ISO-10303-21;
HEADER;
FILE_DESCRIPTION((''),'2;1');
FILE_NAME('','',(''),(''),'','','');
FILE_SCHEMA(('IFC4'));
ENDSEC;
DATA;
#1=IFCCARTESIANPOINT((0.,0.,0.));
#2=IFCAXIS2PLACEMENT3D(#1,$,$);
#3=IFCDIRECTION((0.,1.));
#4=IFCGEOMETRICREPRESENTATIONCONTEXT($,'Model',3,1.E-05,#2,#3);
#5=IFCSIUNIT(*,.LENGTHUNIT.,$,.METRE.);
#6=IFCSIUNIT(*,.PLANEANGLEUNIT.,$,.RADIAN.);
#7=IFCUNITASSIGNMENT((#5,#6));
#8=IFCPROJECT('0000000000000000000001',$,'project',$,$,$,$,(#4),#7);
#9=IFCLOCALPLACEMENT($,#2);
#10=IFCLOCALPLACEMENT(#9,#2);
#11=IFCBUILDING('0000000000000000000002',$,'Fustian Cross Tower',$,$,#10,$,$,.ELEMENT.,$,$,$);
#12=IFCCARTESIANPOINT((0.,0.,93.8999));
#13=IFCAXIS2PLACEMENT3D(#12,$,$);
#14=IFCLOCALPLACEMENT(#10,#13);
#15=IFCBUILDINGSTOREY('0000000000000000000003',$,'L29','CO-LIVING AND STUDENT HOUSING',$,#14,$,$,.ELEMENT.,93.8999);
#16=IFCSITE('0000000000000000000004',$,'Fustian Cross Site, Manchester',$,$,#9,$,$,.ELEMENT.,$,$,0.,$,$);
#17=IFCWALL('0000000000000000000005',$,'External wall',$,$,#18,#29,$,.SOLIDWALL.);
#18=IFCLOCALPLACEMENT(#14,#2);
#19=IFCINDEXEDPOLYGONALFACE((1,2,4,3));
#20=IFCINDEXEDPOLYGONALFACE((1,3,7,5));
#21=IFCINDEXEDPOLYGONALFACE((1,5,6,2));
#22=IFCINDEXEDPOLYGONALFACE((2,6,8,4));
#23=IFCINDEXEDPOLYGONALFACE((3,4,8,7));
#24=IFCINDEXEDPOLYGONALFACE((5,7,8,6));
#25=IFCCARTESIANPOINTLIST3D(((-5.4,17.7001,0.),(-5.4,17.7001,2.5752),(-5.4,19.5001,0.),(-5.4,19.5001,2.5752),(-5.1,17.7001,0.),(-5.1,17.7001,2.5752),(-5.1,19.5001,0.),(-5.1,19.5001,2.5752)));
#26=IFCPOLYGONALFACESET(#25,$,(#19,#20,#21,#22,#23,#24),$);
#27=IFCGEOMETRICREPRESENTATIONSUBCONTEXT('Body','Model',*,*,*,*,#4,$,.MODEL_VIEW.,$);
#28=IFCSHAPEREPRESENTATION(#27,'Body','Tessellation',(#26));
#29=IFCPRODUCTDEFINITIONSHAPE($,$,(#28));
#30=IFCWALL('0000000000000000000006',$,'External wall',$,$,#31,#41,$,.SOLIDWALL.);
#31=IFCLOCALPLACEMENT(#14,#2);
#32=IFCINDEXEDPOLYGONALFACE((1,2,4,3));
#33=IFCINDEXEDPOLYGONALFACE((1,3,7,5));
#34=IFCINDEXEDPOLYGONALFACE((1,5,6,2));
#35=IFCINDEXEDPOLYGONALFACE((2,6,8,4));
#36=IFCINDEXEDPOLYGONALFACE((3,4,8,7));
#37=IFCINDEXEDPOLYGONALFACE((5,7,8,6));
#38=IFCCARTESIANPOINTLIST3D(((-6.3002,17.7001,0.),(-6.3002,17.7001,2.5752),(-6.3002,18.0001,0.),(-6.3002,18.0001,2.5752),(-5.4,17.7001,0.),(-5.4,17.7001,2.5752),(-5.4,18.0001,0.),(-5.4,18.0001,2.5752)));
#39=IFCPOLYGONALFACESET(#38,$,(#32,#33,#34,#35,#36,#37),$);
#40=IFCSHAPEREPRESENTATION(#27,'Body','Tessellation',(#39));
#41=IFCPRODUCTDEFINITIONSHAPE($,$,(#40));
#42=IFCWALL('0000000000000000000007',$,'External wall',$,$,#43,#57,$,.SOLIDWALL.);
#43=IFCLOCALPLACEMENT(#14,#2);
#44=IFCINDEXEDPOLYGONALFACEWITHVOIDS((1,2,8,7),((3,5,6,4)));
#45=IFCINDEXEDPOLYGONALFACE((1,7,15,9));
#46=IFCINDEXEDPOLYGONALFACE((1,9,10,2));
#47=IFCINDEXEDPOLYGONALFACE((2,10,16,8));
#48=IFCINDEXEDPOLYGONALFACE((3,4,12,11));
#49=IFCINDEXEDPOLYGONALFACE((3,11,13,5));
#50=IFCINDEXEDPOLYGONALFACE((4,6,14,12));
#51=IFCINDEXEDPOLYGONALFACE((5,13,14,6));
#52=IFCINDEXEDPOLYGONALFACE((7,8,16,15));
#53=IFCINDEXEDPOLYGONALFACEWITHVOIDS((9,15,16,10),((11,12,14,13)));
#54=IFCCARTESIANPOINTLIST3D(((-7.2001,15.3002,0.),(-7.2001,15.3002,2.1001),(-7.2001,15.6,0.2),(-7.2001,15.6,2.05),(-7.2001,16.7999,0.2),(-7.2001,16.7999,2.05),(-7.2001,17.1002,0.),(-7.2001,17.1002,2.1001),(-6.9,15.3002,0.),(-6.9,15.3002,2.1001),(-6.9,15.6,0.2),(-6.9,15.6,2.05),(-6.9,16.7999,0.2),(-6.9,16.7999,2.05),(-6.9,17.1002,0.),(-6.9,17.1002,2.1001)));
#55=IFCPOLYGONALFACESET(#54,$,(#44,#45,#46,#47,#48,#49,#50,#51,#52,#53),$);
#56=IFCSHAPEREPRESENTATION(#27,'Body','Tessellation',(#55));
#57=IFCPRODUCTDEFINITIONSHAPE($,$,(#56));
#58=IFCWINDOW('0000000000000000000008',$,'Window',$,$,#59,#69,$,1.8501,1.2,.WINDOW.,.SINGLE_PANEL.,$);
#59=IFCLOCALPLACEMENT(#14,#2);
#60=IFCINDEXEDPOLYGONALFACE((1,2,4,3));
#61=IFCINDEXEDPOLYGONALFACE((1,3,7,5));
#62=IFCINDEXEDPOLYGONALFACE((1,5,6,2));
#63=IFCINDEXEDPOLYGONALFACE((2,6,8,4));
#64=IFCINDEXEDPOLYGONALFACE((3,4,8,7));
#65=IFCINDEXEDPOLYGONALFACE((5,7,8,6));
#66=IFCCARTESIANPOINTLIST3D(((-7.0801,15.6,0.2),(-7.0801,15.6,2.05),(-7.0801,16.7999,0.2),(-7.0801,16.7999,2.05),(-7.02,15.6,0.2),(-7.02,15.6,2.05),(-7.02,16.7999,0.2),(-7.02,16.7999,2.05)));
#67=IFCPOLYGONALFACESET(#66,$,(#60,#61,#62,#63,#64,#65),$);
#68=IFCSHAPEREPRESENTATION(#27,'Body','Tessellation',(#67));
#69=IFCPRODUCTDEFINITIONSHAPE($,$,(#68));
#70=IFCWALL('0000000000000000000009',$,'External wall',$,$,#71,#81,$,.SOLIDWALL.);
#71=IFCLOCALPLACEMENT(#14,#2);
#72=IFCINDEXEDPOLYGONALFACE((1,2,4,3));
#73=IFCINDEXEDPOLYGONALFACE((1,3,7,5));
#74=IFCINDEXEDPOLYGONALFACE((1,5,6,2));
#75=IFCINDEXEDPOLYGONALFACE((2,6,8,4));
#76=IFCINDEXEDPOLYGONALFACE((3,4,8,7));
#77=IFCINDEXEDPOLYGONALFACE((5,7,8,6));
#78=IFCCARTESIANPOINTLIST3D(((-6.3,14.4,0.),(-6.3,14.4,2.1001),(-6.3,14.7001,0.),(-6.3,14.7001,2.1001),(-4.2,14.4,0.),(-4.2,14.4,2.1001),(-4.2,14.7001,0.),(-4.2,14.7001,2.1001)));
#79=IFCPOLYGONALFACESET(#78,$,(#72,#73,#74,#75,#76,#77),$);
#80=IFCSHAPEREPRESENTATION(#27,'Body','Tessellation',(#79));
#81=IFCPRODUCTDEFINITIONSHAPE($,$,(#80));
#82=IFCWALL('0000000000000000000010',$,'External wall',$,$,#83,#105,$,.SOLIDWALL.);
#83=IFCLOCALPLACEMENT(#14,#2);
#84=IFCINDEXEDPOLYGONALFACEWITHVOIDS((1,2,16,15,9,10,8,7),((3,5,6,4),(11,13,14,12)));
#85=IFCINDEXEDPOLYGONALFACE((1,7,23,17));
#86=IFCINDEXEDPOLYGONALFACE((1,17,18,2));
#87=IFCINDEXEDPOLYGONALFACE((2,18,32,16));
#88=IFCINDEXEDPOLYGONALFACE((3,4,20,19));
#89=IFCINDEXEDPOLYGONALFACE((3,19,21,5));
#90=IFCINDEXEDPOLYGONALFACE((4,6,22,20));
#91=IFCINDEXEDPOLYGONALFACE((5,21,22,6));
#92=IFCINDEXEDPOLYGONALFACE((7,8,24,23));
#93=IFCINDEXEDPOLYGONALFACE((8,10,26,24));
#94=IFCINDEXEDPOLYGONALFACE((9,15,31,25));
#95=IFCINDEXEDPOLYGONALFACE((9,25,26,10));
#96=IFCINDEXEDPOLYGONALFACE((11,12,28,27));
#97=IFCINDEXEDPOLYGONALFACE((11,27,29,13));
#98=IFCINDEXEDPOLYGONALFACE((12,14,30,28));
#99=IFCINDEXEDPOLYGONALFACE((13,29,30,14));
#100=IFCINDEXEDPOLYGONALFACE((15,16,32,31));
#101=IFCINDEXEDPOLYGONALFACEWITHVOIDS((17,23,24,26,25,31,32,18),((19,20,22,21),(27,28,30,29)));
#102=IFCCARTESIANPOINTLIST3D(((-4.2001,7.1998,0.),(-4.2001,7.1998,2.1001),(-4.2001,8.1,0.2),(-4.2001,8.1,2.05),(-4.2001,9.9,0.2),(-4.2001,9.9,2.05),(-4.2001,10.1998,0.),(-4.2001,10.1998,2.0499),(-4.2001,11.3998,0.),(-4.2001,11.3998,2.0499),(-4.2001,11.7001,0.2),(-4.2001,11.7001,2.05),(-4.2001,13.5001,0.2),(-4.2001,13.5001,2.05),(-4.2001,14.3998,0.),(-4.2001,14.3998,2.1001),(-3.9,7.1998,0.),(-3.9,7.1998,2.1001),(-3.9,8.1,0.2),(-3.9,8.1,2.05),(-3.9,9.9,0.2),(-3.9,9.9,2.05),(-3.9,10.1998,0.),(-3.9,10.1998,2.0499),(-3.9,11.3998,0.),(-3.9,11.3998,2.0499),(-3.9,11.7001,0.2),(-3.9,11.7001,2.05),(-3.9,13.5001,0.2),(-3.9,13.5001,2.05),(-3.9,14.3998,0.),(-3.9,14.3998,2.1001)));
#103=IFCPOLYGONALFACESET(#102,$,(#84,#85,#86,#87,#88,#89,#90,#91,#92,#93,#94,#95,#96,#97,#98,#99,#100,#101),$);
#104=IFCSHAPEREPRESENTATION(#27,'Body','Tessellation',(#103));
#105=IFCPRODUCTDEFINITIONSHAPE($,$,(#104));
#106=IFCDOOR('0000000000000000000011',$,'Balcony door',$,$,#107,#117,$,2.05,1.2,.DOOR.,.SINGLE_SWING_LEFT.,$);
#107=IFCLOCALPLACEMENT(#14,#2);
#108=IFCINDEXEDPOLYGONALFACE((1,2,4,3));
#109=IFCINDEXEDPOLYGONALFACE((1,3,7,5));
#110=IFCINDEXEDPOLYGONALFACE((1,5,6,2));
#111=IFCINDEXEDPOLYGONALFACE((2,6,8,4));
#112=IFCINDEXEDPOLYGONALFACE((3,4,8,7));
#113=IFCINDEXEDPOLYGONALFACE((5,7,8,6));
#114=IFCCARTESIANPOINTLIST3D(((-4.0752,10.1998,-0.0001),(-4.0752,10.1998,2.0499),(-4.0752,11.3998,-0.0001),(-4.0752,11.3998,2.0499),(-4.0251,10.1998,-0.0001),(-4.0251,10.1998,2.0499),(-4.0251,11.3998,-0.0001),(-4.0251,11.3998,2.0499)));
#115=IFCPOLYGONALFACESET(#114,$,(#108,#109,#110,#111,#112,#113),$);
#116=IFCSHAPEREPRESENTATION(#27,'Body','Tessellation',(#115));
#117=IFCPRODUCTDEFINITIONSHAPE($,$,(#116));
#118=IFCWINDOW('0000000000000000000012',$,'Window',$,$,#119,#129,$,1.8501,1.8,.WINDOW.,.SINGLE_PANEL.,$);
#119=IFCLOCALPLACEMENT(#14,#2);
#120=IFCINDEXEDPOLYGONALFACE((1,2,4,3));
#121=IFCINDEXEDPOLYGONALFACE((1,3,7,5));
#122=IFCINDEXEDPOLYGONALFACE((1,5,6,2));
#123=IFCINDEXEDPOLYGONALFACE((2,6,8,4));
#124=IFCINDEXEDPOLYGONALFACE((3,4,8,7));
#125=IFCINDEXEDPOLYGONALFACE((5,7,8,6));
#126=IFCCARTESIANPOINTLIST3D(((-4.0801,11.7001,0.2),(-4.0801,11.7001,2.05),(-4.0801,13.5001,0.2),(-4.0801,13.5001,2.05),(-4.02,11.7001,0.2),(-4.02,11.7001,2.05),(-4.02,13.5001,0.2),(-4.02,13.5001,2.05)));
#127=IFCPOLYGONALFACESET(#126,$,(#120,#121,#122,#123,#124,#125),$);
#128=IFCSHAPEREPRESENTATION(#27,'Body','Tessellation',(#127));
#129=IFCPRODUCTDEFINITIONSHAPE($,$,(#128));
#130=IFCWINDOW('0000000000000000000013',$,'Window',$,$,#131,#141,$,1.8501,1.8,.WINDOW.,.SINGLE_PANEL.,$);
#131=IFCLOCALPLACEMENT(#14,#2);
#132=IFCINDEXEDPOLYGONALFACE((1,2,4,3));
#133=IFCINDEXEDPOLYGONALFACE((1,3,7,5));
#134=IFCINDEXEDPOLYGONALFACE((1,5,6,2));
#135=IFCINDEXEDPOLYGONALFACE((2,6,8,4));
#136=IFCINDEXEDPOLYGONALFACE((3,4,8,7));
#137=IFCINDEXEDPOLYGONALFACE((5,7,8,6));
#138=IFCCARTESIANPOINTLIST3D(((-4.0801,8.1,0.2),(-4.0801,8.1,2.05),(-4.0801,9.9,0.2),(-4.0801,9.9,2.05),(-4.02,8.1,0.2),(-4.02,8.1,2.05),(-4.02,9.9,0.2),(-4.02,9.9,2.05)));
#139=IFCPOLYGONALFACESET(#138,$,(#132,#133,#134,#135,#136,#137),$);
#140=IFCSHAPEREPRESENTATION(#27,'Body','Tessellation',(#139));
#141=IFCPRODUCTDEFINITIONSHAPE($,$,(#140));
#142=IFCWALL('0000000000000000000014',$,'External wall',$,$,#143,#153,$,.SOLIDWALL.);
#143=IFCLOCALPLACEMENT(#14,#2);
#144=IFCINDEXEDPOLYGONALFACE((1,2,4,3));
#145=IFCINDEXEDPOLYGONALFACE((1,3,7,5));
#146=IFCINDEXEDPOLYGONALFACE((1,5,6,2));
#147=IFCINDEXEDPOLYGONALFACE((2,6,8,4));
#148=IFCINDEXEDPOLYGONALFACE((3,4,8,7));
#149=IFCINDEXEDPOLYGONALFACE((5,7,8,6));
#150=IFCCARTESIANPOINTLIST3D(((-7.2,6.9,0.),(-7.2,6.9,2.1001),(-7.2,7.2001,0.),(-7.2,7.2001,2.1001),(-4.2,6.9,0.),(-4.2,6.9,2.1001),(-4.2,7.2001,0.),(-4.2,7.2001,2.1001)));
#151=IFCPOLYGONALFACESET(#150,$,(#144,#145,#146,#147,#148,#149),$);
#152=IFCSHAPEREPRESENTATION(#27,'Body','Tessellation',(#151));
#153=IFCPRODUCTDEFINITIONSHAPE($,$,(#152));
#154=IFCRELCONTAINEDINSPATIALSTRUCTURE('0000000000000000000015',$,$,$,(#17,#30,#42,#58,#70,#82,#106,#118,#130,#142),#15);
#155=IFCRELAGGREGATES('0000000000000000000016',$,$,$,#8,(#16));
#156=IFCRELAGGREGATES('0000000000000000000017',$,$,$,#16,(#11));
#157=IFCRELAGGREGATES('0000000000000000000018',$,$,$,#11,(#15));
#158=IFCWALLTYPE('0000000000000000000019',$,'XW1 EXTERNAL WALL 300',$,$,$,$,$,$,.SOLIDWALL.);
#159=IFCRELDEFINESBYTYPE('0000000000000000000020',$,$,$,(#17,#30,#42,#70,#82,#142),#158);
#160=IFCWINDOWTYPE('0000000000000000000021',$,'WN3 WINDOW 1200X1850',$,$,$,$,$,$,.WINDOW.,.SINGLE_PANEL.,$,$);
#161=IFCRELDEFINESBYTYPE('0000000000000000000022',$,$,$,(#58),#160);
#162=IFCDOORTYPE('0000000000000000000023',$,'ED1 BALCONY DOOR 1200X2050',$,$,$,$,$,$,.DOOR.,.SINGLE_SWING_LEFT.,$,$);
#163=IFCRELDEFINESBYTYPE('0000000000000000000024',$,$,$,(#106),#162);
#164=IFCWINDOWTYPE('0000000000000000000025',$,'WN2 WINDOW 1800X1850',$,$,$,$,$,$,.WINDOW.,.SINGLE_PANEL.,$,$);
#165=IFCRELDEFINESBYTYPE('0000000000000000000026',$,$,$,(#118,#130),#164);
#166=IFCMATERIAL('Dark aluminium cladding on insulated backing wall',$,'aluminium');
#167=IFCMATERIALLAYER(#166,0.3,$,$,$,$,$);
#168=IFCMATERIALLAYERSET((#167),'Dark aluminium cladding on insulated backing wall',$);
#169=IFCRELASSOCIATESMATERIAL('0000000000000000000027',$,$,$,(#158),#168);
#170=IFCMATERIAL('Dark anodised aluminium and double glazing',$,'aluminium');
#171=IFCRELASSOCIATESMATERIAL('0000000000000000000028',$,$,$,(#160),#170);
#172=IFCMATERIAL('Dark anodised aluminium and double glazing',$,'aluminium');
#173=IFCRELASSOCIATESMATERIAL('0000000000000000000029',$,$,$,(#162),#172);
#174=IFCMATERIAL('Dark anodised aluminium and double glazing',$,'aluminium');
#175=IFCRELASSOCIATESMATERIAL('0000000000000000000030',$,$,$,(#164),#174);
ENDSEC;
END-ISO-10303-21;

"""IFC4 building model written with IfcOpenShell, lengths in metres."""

from ifc_helpers import new_model, si_unit, direction, frame, frame_2d, origin, place, context, subcontext, project, spatial, rectangle, extrude, material, layer, layer_set, type_object, element, fill, save


model = new_model("IFC4")

# Units and contexts
model_context = context("Model", 3, precision=1e-05, world=origin(), true_north=direction((0.0, 1.0)))
body_context = subcontext(model_context, "Body", "Model", "MODEL_VIEW")
ifc_project = project(units=[si_unit("LENGTHUNIT", "METRE"), si_unit("PLANEANGLEUNIT", "RADIAN")], contexts=[model_context])

# Site, building, storey
site_placement = place(None, origin())
site = spatial("IfcSite", under=ifc_project, at=site_placement, Name="Fustian Cross Site, Manchester", CompositionType="ELEMENT", RefElevation=0.0)
building_placement = place(site_placement, origin())
building = spatial("IfcBuilding", under=site, at=building_placement, Name="Fustian Cross Tower", CompositionType="ELEMENT")
storey_placement = place(building_placement, frame((0.0, 0.0, 93.8999)))
storey = spatial("IfcBuildingStorey", under=building, at=storey_placement, Name="L29", Description="CO-LIVING AND STUDENT HOUSING", CompositionType="ELEMENT", Elevation=93.8999)

# Shared definitions
ifc_material_1 = material(Name="Dark aluminium cladding on insulated backing wall", Category="aluminium")
ifc_layer_1 = layer(ifc_material_1, 0.3)
ifc_layer_set_1 = layer_set([ifc_layer_1], Name="Dark aluminium cladding on insulated backing wall")
wall_type_1 = type_object("IfcWallType", Name="XW1 EXTERNAL WALL 300", PredefinedType="SOLIDWALL", material=ifc_layer_set_1)

# Shared definitions
ifc_material_2 = material(Name="Dark anodised aluminium and double glazing", Category="aluminium")
window_type_1 = type_object("IfcWindowType", Name="WN3 WINDOW 1200X1850", PartitioningType="SINGLE_PANEL", PredefinedType="WINDOW", material=ifc_material_2)

# Walls
wall_1_placement = place(storey_placement, frame((-5.25, 19.5, 0.0), z_axis=(0.0, 0.0, 1.0), x_axis=(0.0, -1.0, 0.0)))
element("IfcWall", 1, at=wall_1_placement, inside=storey, type_object=wall_type_1, Name="External wall", PredefinedType="SOLIDWALL", context=body_context, shape_type="SweptSolid", body=[
    extrude(rectangle(XDim=1.8, YDim=0.3, at=frame_2d((0.8999, 0.0))), origin(), (0.0, 0.0, 1.0), 2.5752),
])
wall_2_placement = place(storey_placement, frame((-5.3999, 17.8501, 0.0), z_axis=(0.0, 0.0, 1.0), x_axis=(-1.0, 0.0, 0.0)))
element("IfcWall", 2, at=wall_2_placement, inside=storey, type_object=wall_type_1, Name="External wall", PredefinedType="SOLIDWALL", context=body_context, shape_type="SweptSolid", body=[
    extrude(rectangle(XDim=0.9001, YDim=0.3, at=frame_2d((0.4502, 0.0))), origin(), (0.0, 0.0, 1.0), 2.5752),
])

# Wall, opening, window
wall_3_placement = place(storey_placement, frame((-7.05, 17.1001, 0.0), z_axis=(0.0, 0.0, 1.0), x_axis=(0.0, -1.0, 0.0)))
wall_3 = element("IfcWall", 3, at=wall_3_placement, inside=storey, type_object=wall_type_1, Name="External wall", PredefinedType="SOLIDWALL", context=body_context, shape_type="SweptSolid", body=[
    extrude(rectangle(XDim=1.8, YDim=0.3, at=frame_2d((0.8999, 0.0))), origin(), (0.0, 0.0, 1.0), 2.1001),
])
opening_1_placement = place(wall_3_placement, frame((0.3, 0.0, 0.2)))
opening_1 = element("IfcOpeningElement", 4, at=opening_1_placement, cuts=wall_3, PredefinedType="OPENING", context=body_context, shape_type="SweptSolid", body=[
    extrude(rectangle(XDim=1.2, YDim=1.8501, at=frame_2d((0.6001, 0.925))), frame((0.0, 0.1599, 0.0), z_axis=(0.0, -1.0, 0.0), x_axis=(1.0, 0.0, 0.0)), (0.0, 0.0, 1.0), 0.3201),
])
window_1_placement = place(opening_1_placement, origin())
window_1 = element("IfcWindow", 5, at=window_1_placement, inside=storey, type_object=window_type_1, Name="Window", OverallHeight=1.8501, OverallWidth=1.2, PartitioningType="SINGLE_PANEL", PredefinedType="WINDOW", context=body_context, shape_type="SweptSolid", body=[
    extrude(rectangle(XDim=1.2, YDim=1.8501, at=frame_2d((0.6001, 0.925))), frame((0.0, 0.03, 0.0), z_axis=(0.0, -1.0, 0.0), x_axis=(1.0, 0.0, 0.0)), (0.0, 0.0, 1.0), 0.0601),
])
fill(opening_1, window_1)

# Wall
wall_4_placement = place(storey_placement, frame((-6.3, 14.55, 0.0), z_axis=(0.0, 0.0, 1.0), x_axis=(1.0, 0.0, 0.0)))
element("IfcWall", 6, at=wall_4_placement, inside=storey, type_object=wall_type_1, Name="External wall", PredefinedType="SOLIDWALL", context=body_context, shape_type="SweptSolid", body=[
    extrude(rectangle(XDim=2.1001, YDim=0.3, at=frame_2d((1.05, 0.0))), origin(), (0.0, 0.0, 1.0), 2.1001),
])

# Wall, openings, door, windows
wall_5_placement = place(storey_placement, frame((-4.05, 14.3999, 0.0), z_axis=(0.0, 0.0, 1.0), x_axis=(0.0, -1.0, 0.0)))
wall_5 = element("IfcWall", 7, at=wall_5_placement, inside=storey, type_object=wall_type_1, Name="External wall", PredefinedType="SOLIDWALL", context=body_context, shape_type="SweptSolid", body=[
    extrude(rectangle(XDim=7.2, YDim=0.3, at=frame_2d((3.6001, 0.0))), origin(), (0.0, 0.0, 1.0), 2.1001),
])
opening_2_placement = place(wall_5_placement, frame((3.0, 0.0, 0.0)))
opening_2 = element("IfcOpeningElement", 8, at=opening_2_placement, cuts=wall_5, PredefinedType="OPENING", context=body_context, shape_type="SweptSolid", body=[
    extrude(rectangle(XDim=1.2, YDim=2.05, at=frame_2d((0.6001, 1.0249))), frame((0.0, 0.1599, 0.0), z_axis=(0.0, -1.0, 0.0), x_axis=(1.0, 0.0, 0.0)), (0.0, 0.0, 1.0), 0.3201),
])
opening_3_placement = place(wall_5_placement, frame((0.8999, 0.0, 0.2)))
opening_3 = element("IfcOpeningElement", 9, at=opening_3_placement, cuts=wall_5, PredefinedType="OPENING", context=body_context, shape_type="SweptSolid", body=[
    extrude(rectangle(XDim=1.8, YDim=1.8501, at=frame_2d((0.8999, 0.925))), frame((0.0, 0.1599, 0.0), z_axis=(0.0, -1.0, 0.0), x_axis=(1.0, 0.0, 0.0)), (0.0, 0.0, 1.0), 0.3201),
])
opening_4_placement = place(wall_5_placement, frame((4.5, 0.0, 0.2)))
opening_4 = element("IfcOpeningElement", 10, at=opening_4_placement, cuts=wall_5, PredefinedType="OPENING", context=body_context, shape_type="SweptSolid", body=[
    extrude(rectangle(XDim=1.8, YDim=1.8501, at=frame_2d((0.8999, 0.925))), frame((0.0, 0.1599, 0.0), z_axis=(0.0, -1.0, 0.0), x_axis=(1.0, 0.0, 0.0)), (0.0, 0.0, 1.0), 0.3201),
])
ifc_material_3 = material(Name="Dark anodised aluminium and double glazing", Category="aluminium")
door_type = type_object("IfcDoorType", Name="ED1 BALCONY DOOR 1200X2050", OperationType="SINGLE_SWING_LEFT", PredefinedType="DOOR", material=ifc_material_3)
door_placement = place(opening_2_placement, origin())
door = element("IfcDoor", 11, at=door_placement, inside=storey, type_object=door_type, Name="Balcony door", OperationType="SINGLE_SWING_LEFT", OverallHeight=2.05, OverallWidth=1.2, PredefinedType="DOOR", context=body_context, shape_type="SweptSolid", body=[
    extrude(rectangle(XDim=1.2, YDim=2.05, at=frame_2d((0.6001, 1.0249))), frame((0.0, 0.0249, 0.0), z_axis=(0.0, -1.0, 0.0), x_axis=(1.0, 0.0, 0.0)), (0.0, 0.0, 1.0), 0.05),
])
fill(opening_2, door)
ifc_material_4 = material(Name="Dark anodised aluminium and double glazing", Category="aluminium")
window_type_2 = type_object("IfcWindowType", Name="WN2 WINDOW 1800X1850", PartitioningType="SINGLE_PANEL", PredefinedType="WINDOW", material=ifc_material_4)
window_2_placement = place(opening_3_placement, origin())
window_2 = element("IfcWindow", 12, at=window_2_placement, inside=storey, type_object=window_type_2, Name="Window", OverallHeight=1.8501, OverallWidth=1.8, PartitioningType="SINGLE_PANEL", PredefinedType="WINDOW", context=body_context, shape_type="SweptSolid", body=[
    extrude(rectangle(XDim=1.8, YDim=1.8501, at=frame_2d((0.8999, 0.925))), frame((0.0, 0.03, 0.0), z_axis=(0.0, -1.0, 0.0), x_axis=(1.0, 0.0, 0.0)), (0.0, 0.0, 1.0), 0.0601),
])
fill(opening_3, window_2)
window_3_placement = place(opening_4_placement, origin())
window_3 = element("IfcWindow", 13, at=window_3_placement, inside=storey, type_object=window_type_2, Name="Window", OverallHeight=1.8501, OverallWidth=1.8, PartitioningType="SINGLE_PANEL", PredefinedType="WINDOW", context=body_context, shape_type="SweptSolid", body=[
    extrude(rectangle(XDim=1.8, YDim=1.8501, at=frame_2d((0.8999, 0.925))), frame((0.0, 0.03, 0.0), z_axis=(0.0, -1.0, 0.0), x_axis=(1.0, 0.0, 0.0)), (0.0, 0.0, 1.0), 0.0601),
])
fill(opening_4, window_3)

# Wall
wall_6_placement = place(storey_placement, frame((-4.2, 7.05, 0.0), z_axis=(0.0, 0.0, 1.0), x_axis=(-1.0, 0.0, 0.0)))
element("IfcWall", 14, at=wall_6_placement, inside=storey, type_object=wall_type_1, Name="External wall", PredefinedType="SOLIDWALL", context=body_context, shape_type="SweptSolid", body=[
    extrude(rectangle(XDim=3.0, YDim=0.3, at=frame_2d((1.5, 0.0))), origin(), (0.0, 0.0, 1.0), 2.1001),
])

save(model, "model.ifc")
